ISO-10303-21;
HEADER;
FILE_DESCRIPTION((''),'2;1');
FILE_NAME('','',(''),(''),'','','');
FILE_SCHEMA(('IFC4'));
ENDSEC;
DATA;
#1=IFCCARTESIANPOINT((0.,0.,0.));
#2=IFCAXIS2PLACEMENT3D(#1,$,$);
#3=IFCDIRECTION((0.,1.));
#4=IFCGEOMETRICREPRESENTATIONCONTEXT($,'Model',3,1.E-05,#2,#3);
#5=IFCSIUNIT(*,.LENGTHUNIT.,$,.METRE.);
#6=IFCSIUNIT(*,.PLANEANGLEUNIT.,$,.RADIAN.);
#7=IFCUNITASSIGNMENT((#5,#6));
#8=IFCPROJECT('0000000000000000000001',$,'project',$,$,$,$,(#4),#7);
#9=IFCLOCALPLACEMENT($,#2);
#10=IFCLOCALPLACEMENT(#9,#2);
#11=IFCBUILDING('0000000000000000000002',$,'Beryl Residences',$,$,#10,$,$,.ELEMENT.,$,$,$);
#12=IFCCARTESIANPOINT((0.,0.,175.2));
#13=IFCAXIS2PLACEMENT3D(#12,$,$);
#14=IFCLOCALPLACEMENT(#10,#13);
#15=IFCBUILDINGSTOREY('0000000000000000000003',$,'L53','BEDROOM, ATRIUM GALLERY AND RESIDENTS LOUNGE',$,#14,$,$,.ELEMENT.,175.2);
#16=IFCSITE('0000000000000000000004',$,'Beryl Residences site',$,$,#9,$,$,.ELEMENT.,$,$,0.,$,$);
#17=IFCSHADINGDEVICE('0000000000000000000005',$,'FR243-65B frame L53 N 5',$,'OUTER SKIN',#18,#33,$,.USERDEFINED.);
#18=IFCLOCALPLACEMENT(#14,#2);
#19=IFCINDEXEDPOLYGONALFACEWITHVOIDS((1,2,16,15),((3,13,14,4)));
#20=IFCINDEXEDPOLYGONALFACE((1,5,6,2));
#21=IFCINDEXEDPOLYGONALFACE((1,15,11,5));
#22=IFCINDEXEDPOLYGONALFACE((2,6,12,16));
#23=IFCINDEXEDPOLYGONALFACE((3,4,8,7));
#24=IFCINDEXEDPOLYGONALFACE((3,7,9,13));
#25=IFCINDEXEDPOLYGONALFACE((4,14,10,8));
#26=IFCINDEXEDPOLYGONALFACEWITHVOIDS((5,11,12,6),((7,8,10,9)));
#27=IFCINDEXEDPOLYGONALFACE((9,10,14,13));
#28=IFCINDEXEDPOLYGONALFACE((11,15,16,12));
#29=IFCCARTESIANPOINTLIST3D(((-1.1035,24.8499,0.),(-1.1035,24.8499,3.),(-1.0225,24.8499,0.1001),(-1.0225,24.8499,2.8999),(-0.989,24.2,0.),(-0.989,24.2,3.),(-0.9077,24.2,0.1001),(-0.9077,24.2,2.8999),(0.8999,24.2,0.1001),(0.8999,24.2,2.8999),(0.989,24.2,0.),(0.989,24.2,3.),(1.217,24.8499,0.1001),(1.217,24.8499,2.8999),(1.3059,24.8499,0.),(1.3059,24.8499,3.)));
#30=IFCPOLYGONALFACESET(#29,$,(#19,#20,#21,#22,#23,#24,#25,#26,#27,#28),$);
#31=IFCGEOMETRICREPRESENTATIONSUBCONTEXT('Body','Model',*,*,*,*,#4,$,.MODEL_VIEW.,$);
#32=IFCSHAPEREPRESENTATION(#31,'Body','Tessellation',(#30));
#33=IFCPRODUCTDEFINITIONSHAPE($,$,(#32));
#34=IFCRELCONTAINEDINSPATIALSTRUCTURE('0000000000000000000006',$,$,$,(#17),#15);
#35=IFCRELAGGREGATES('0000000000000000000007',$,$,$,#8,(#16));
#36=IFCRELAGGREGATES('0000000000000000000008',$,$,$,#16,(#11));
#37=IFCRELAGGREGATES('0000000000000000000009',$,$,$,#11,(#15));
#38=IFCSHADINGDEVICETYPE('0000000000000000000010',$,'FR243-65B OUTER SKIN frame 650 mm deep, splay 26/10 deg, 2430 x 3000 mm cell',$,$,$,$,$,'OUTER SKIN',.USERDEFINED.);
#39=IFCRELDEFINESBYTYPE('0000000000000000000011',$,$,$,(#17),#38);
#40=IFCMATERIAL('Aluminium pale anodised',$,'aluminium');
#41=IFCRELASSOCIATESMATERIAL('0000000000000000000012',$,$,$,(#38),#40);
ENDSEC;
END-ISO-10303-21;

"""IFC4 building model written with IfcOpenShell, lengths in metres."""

from ifc_helpers import new_model, entity, si_unit, direction, frame, origin, place, context, subcontext, project, spatial, source, transform, mapped, material, type_object, type_shapes, element, save


model = new_model("IFC4")

# Units and contexts
model_context = context("Model", 3, precision=1e-05, world=origin(), true_north=direction((0.0, 1.0)))
body_context = subcontext(model_context, "Body", "Model", "MODEL_VIEW")
ifc_project = project(units=[si_unit("LENGTHUNIT", "METRE"), si_unit("PLANEANGLEUNIT", "RADIAN")], contexts=[model_context])

# Site, building, storey
site_placement = place(None, origin())
site = spatial("IfcSite", under=ifc_project, at=site_placement, Name="Beryl Residences site", CompositionType="ELEMENT", RefElevation=0.0)
building_placement = place(site_placement, origin())
building = spatial("IfcBuilding", under=site, at=building_placement, Name="Beryl Residences", CompositionType="ELEMENT")
storey_placement = place(building_placement, frame((0.0, 0.0, 175.2)))
storey = spatial("IfcBuildingStorey", under=building, at=storey_placement, Name="L53", Description="BEDROOM, ATRIUM GALLERY AND RESIDENTS LOUNGE", CompositionType="ELEMENT", Elevation=175.2)

# Shading device
ifc_material_1 = material(Name="Aluminium pale anodised", Category="aluminium")
shading_device_type = type_object("IfcShadingDeviceType", Name="FR243-65B OUTER SKIN frame 650 mm deep, splay 26/10 deg, 2430 x 3000 mm cell", ElementType="OUTER SKIN", PredefinedType="USERDEFINED", material=ifc_material_1)
cartesian_point_1 = entity("IfcCartesianPoint", [-0.989, 0.0])
cartesian_point_2 = entity("IfcCartesianPoint", [-0.8999, 0.1001])
cartesian_point_3 = entity("IfcCartesianPoint", [-1.3059, 0.0])
cartesian_point_4 = entity("IfcCartesianPoint", [-1.217, 0.1001])
shared_shape = source(origin(), body_context, "Body", "SweptSolid", [
    entity("IfcExtrudedAreaSolidTapered", entity("IfcArbitraryProfileDefWithVoids", "AREA", None, entity("IfcPolyline", [cartesian_point_1, entity("IfcCartesianPoint", [0.989, 0.0]), entity("IfcCartesianPoint", [0.989, 3.0]), entity("IfcCartesianPoint", [-0.989, 3.0]), cartesian_point_1]), [entity("IfcPolyline", [cartesian_point_2, entity("IfcCartesianPoint", [0.9077, 0.1001]), entity("IfcCartesianPoint", [0.9077, 2.8999]), entity("IfcCartesianPoint", [-0.8999, 2.8999]), cartesian_point_2])]), entity("IfcAxis2Placement3D", entity("IfcCartesianPoint", [0.0, 0.0, 0.0]), entity("IfcDirection", [0.0, 1.0, 0.0]), entity("IfcDirection", [-1.0, 0.0, 0.0])), entity("IfcDirection", [0.0, 0.0, 1.0]), 0.6499, entity("IfcArbitraryProfileDefWithVoids", "AREA", None, entity("IfcPolyline", [cartesian_point_3, entity("IfcCartesianPoint", [1.1035, 0.0]), entity("IfcCartesianPoint", [1.1035, 3.0]), entity("IfcCartesianPoint", [-1.3059, 3.0]), cartesian_point_3]), [entity("IfcPolyline", [cartesian_point_4, entity("IfcCartesianPoint", [1.0225, 0.1001]), entity("IfcCartesianPoint", [1.0225, 2.8999]), entity("IfcCartesianPoint", [-1.217, 2.8999]), cartesian_point_4])])),
])
type_shapes(shading_device_type, [shared_shape])
for number, where, z_axis, x_axis, name in (
    (1, (0.0, 24.2, 0.0), (0.0, 0.0, 1.0), (1.0, 0.0, 0.0), "FR243-65B frame L53 N 5"),
):
    element("IfcShadingDevice", number, at=place(storey_placement, frame(where, z_axis=z_axis, x_axis=x_axis)), inside=storey, type_object=shading_device_type, Name=name, ObjectType="OUTER SKIN", PredefinedType="USERDEFINED", context=body_context, shape_type="MappedRepresentation", body=[
        mapped(shared_shape, transform((0.0, 0.0, 0.0))),
    ])

save(model, "model.ifc")
